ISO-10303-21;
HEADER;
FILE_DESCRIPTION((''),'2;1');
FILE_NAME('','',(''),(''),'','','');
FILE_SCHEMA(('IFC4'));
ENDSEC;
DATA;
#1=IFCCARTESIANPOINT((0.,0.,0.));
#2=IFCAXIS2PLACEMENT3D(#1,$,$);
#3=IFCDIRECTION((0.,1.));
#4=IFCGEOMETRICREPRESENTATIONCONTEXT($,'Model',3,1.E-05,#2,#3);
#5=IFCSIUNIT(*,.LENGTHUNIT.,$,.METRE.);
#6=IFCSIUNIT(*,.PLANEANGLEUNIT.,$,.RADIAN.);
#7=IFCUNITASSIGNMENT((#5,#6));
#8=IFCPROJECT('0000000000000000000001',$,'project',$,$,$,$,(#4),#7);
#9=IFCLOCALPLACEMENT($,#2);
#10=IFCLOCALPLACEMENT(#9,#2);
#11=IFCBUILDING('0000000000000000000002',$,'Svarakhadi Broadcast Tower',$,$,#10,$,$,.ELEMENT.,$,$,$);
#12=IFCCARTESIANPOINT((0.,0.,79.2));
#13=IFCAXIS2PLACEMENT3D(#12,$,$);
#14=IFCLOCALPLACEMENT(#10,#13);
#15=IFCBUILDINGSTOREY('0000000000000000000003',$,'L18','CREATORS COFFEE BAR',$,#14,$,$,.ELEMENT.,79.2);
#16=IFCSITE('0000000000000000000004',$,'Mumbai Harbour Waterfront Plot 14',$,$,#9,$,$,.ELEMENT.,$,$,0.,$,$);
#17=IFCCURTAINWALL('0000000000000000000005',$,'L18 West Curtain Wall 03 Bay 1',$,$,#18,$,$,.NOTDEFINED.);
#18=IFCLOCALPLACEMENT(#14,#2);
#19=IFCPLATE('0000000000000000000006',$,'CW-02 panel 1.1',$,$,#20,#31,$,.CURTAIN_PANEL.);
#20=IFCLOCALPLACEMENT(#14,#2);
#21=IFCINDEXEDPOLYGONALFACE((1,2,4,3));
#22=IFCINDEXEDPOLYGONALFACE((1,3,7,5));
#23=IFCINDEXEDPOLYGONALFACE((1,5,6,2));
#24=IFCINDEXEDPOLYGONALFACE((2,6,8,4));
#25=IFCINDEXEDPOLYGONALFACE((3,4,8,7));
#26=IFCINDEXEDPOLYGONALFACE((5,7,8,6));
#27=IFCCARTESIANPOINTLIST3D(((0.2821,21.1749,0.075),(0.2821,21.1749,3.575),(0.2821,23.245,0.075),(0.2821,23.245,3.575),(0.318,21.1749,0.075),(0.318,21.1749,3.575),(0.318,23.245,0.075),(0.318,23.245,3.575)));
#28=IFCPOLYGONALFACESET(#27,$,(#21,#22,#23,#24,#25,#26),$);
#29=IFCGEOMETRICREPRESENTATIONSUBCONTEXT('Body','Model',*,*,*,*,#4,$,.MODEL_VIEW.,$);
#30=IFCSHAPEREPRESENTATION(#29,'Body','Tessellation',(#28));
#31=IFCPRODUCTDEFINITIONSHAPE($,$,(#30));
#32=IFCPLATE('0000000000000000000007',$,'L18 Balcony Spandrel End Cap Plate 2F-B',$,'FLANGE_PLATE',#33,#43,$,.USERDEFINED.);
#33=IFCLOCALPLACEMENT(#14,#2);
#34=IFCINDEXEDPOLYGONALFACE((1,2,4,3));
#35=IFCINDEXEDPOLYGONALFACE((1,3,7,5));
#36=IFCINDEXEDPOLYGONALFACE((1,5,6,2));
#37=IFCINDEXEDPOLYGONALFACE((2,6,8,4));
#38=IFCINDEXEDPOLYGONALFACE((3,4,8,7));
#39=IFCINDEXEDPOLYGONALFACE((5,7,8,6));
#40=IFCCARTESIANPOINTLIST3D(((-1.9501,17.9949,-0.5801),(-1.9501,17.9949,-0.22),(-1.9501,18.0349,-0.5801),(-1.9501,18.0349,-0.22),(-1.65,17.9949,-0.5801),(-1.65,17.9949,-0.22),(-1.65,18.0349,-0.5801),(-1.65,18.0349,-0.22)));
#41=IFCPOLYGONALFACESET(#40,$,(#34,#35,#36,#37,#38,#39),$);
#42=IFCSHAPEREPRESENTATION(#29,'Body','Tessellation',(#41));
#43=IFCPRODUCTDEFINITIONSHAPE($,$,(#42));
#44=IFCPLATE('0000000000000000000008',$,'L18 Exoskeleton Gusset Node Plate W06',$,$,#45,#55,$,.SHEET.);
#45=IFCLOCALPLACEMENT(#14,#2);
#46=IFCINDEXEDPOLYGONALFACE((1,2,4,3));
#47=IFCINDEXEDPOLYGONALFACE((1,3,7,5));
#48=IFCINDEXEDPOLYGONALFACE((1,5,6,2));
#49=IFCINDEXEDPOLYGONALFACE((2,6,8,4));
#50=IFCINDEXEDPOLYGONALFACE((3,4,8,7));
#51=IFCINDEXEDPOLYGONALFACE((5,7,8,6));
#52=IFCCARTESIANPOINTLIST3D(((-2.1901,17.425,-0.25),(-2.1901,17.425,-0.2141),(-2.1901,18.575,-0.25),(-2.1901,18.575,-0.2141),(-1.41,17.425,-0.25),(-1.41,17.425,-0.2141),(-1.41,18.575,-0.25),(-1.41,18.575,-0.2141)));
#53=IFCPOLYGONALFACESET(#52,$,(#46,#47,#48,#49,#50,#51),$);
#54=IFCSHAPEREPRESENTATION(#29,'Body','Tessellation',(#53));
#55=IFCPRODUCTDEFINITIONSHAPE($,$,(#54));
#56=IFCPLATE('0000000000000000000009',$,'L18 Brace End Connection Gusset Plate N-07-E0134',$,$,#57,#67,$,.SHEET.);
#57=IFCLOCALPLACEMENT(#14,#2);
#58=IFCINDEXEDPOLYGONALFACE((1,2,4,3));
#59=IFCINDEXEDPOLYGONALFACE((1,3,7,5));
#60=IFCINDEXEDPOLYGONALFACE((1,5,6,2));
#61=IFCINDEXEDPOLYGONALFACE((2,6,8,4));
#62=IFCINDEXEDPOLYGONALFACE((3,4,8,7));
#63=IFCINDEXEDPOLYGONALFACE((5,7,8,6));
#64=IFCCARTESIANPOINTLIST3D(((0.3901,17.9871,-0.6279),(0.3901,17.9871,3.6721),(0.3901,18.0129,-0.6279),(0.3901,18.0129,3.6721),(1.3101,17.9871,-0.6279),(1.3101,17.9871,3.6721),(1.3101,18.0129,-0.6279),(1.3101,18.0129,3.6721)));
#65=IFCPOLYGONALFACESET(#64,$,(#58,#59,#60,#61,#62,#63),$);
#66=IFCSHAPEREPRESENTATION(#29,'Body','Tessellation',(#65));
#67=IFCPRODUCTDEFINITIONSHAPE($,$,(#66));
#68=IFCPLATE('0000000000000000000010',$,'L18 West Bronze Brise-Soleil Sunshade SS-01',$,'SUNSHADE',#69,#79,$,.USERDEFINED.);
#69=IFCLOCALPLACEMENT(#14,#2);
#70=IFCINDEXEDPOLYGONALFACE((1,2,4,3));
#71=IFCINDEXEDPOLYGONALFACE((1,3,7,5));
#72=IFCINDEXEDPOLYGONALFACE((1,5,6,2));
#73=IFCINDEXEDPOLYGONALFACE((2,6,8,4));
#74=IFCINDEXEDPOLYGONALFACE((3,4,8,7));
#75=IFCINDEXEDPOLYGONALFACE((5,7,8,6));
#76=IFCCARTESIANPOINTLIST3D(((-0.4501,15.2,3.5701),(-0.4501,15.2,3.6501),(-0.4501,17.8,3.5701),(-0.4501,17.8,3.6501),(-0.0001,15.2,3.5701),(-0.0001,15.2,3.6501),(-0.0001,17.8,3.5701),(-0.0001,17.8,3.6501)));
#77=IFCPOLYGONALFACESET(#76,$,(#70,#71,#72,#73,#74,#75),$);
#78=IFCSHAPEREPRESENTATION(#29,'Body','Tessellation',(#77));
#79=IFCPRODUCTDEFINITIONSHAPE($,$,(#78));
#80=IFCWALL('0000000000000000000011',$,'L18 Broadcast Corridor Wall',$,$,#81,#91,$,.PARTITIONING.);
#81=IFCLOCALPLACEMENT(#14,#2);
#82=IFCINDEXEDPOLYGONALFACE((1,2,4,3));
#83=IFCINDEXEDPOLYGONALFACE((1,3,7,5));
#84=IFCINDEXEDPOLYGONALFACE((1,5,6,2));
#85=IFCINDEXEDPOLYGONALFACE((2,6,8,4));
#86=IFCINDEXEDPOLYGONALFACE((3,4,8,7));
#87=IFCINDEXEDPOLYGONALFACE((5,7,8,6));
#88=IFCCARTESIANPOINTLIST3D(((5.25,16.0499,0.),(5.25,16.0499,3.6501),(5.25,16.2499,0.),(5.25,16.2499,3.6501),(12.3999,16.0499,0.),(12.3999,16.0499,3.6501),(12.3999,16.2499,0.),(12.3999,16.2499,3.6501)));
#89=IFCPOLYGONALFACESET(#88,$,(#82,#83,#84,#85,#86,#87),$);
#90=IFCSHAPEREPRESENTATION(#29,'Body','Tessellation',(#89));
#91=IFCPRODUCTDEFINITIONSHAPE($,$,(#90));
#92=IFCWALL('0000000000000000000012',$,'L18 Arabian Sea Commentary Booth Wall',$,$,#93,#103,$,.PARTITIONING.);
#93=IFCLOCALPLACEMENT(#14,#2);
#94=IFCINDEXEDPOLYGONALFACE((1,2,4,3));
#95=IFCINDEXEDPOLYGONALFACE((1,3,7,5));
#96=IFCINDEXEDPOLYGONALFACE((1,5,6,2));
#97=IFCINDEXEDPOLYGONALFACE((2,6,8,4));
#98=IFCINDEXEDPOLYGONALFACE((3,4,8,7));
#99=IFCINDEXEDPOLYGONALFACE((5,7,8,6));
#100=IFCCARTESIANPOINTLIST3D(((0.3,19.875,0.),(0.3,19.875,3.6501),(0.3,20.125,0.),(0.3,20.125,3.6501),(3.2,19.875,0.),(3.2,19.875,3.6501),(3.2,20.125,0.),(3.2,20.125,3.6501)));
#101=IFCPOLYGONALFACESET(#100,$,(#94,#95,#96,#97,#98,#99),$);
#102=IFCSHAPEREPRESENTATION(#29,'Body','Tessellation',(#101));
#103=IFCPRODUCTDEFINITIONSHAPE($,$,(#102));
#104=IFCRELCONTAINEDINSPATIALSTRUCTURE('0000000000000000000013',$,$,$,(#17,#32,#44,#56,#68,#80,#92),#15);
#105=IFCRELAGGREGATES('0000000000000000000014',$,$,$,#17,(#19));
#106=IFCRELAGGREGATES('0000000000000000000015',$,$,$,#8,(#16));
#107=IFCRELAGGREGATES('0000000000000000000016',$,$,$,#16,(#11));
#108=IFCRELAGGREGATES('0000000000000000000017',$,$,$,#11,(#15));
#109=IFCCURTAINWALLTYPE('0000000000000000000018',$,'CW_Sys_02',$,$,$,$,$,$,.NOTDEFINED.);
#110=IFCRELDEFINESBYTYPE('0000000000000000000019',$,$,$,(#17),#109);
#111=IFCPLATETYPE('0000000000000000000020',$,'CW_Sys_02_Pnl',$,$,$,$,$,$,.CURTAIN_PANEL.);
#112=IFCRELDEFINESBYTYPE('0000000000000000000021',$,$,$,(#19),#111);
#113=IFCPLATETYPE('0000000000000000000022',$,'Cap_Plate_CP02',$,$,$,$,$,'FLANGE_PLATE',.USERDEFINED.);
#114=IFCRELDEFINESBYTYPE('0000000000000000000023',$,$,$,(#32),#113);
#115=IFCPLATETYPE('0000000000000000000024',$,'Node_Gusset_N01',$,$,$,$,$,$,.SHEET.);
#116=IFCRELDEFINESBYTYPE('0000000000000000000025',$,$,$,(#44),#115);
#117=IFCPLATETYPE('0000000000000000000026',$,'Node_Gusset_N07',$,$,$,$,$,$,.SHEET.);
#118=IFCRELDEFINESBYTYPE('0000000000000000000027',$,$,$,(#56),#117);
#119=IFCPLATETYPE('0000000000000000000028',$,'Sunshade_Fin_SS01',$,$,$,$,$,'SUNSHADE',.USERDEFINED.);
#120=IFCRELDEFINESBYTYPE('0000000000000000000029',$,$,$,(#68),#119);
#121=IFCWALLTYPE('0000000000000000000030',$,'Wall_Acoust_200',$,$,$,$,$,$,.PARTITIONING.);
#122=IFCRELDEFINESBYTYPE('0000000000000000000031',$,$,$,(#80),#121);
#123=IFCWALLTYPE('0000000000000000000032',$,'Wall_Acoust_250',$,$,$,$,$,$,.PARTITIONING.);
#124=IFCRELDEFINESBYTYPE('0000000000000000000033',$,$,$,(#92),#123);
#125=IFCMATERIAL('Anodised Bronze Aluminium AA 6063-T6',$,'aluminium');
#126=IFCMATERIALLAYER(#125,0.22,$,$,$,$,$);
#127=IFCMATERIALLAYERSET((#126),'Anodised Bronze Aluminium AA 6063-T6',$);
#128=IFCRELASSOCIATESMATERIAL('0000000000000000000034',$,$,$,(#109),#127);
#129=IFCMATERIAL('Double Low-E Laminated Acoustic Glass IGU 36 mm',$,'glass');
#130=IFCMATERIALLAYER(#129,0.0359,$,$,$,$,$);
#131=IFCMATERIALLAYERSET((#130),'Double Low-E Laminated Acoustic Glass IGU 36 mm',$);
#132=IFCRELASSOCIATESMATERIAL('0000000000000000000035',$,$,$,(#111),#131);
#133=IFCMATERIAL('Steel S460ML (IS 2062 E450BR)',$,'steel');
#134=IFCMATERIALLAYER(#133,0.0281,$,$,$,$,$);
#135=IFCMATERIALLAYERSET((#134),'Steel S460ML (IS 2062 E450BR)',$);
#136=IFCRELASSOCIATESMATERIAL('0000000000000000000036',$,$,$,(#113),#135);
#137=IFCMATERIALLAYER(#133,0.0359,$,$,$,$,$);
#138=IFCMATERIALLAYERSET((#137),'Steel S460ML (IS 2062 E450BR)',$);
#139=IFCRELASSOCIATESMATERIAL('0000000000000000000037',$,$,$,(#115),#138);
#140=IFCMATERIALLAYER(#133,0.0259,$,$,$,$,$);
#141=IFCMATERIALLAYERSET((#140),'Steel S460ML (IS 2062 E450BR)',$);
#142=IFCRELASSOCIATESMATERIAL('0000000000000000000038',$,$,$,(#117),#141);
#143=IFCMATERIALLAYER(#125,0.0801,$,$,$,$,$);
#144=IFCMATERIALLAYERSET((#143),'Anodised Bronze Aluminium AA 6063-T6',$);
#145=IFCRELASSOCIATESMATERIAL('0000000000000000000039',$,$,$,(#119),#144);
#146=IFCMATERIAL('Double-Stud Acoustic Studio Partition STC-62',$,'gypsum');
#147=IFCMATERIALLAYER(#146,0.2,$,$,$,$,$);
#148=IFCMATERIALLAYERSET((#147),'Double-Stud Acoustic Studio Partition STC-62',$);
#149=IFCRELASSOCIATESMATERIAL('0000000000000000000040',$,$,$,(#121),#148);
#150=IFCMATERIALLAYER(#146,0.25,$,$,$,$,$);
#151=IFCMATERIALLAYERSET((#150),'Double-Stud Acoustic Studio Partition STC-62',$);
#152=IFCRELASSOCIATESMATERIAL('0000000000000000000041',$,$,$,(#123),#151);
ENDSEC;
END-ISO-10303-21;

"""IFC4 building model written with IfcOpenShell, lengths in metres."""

from ifc_helpers import new_model, si_unit, direction, frame, frame_2d, origin, origin_2d, place, context, subcontext, project, spatial, rectangle, extrude, material, layer, layer_set, type_object, element, aggregate, save


model = new_model("IFC4")

# Units and contexts
model_context = context("Model", 3, precision=1e-05, world=origin(), true_north=direction((0.0, 1.0)))
body_context = subcontext(model_context, "Body", "Model", "MODEL_VIEW")
ifc_project = project(units=[si_unit("LENGTHUNIT", "METRE"), si_unit("PLANEANGLEUNIT", "RADIAN")], contexts=[model_context])

# Site, building, storey
site_placement = place(None, origin())
site = spatial("IfcSite", under=ifc_project, at=site_placement, Name="Mumbai Harbour Waterfront Plot 14", CompositionType="ELEMENT", RefElevation=0.0)
building_placement = place(site_placement, origin())
building = spatial("IfcBuilding", under=site, at=building_placement, Name="Svarakhadi Broadcast Tower", CompositionType="ELEMENT")
storey_placement = place(building_placement, frame((0.0, 0.0, 79.2)))
storey = spatial("IfcBuildingStorey", under=building, at=storey_placement, Name="L18", Description="CREATORS COFFEE BAR", CompositionType="ELEMENT", Elevation=79.2)

# Shared definitions
ifc_material_1 = material(Name="Steel S460ML (IS 2062 E450BR)", Category="steel")

# Curtain wall
ifc_material_2 = material(Name="Anodised Bronze Aluminium AA 6063-T6", Category="aluminium")
ifc_layer_1 = layer(ifc_material_2, 0.22)
ifc_layer_set_1 = layer_set([ifc_layer_1], Name="Anodised Bronze Aluminium AA 6063-T6")
curtain_wall_type = type_object("IfcCurtainWallType", Name="CW_Sys_02", PredefinedType="NOTDEFINED", material=ifc_layer_set_1)
curtain_wall_placement = place(storey_placement, origin())
curtain_wall = element("IfcCurtainWall", 1, at=curtain_wall_placement, inside=storey, type_object=curtain_wall_type, Name="L18 West Curtain Wall 03 Bay 1", PredefinedType="NOTDEFINED")

# Plate
ifc_material_3 = material(Name="Double Low-E Laminated Acoustic Glass IGU 36 mm", Category="glass")
ifc_layer_2 = layer(ifc_material_3, 0.0359)
ifc_layer_set_2 = layer_set([ifc_layer_2], Name="Double Low-E Laminated Acoustic Glass IGU 36 mm")
plate_type_1 = type_object("IfcPlateType", Name="CW_Sys_02_Pnl", PredefinedType="CURTAIN_PANEL", material=ifc_layer_set_2)
plate_1_placement = place(storey_placement, frame((0.3, 22.21, 0.075), z_axis=(0.0, 0.0, 1.0), x_axis=(0.0, 1.0, 0.0)))
plate_1 = element("IfcPlate", 2, at=plate_1_placement, type_object=plate_type_1, Name="CW-02 panel 1.1", PredefinedType="CURTAIN_PANEL", context=body_context, shape_type="SweptSolid", body=[
    extrude(rectangle(XDim=2.0701, YDim=0.0359, at=origin_2d()), origin(), (0.0, 0.0, 1.0), 3.5),
])
aggregate(curtain_wall, [plate_1])

# Plates
ifc_layer_3 = layer(ifc_material_1, 0.0281)
ifc_layer_set_3 = layer_set([ifc_layer_3], Name="Steel S460ML (IS 2062 E450BR)")
plate_type_2 = type_object("IfcPlateType", Name="Cap_Plate_CP02", ElementType="FLANGE_PLATE", PredefinedType="USERDEFINED", material=ifc_layer_set_3)
plate_2_placement = place(storey_placement, frame((-1.8, 18.0149, -0.5801), z_axis=(0.0, 0.0, 1.0), x_axis=(1.0, 0.0, 0.0)))
element("IfcPlate", 3, at=plate_2_placement, inside=storey, type_object=plate_type_2, Name="L18 Balcony Spandrel End Cap Plate 2F-B", ObjectType="FLANGE_PLATE", PredefinedType="USERDEFINED", context=body_context, shape_type="SweptSolid", body=[
    extrude(rectangle(XDim=0.3, YDim=0.04, at=origin_2d()), origin(), (0.0, 0.0, 1.0), 0.3601),
])
ifc_layer_4 = layer(ifc_material_1, 0.0359)
ifc_layer_set_4 = layer_set([ifc_layer_4], Name="Steel S460ML (IS 2062 E450BR)")
plate_type_3 = type_object("IfcPlateType", Name="Node_Gusset_N01", PredefinedType="SHEET", material=ifc_layer_set_4)
plate_3_placement = place(storey_placement, frame((-1.8, 18.0, -0.25), z_axis=(0.0, 0.0, 1.0), x_axis=(0.0, 1.0, 0.0)))
element("IfcPlate", 4, at=plate_3_placement, inside=storey, type_object=plate_type_3, Name="L18 Exoskeleton Gusset Node Plate W06", PredefinedType="SHEET", context=body_context, shape_type="SweptSolid", body=[
    extrude(rectangle(XDim=1.1499, YDim=0.78, at=origin_2d()), origin(), (0.0, 0.0, 1.0), 0.0359),
])
ifc_layer_5 = layer(ifc_material_1, 0.0259)
ifc_layer_set_5 = layer_set([ifc_layer_5], Name="Steel S460ML (IS 2062 E450BR)")
plate_type_4 = type_object("IfcPlateType", Name="Node_Gusset_N07", PredefinedType="SHEET", material=ifc_layer_set_5)
plate_4_placement = place(storey_placement, frame((0.8501, 18.0, -0.6279), z_axis=(0.0, 0.0, 1.0), x_axis=(1.0, 0.0, 0.0)))
element("IfcPlate", 5, at=plate_4_placement, inside=storey, type_object=plate_type_4, Name="L18 Brace End Connection Gusset Plate N-07-E0134", PredefinedType="SHEET", context=body_context, shape_type="SweptSolid", body=[
    extrude(rectangle(XDim=0.9199, YDim=0.0259, at=origin_2d()), origin(), (0.0, 0.0, 1.0), 4.3),
])
ifc_layer_6 = layer(ifc_material_2, 0.0801)
ifc_layer_set_6 = layer_set([ifc_layer_6], Name="Anodised Bronze Aluminium AA 6063-T6")
plate_type_5 = type_object("IfcPlateType", Name="Sunshade_Fin_SS01", ElementType="SUNSHADE", PredefinedType="USERDEFINED", material=ifc_layer_set_6)
plate_5_placement = place(storey_placement, frame((-0.2251, 16.5, 3.5701), z_axis=(0.0, 0.0, 1.0), x_axis=(0.0, 1.0, 0.0)))
element("IfcPlate", 6, at=plate_5_placement, inside=storey, type_object=plate_type_5, Name="L18 West Bronze Brise-Soleil Sunshade SS-01", ObjectType="SUNSHADE", PredefinedType="USERDEFINED", context=body_context, shape_type="SweptSolid", body=[
    extrude(rectangle(XDim=2.6001, YDim=0.45, at=origin_2d()), origin(), (0.0, 0.0, 1.0), 0.0801),
])

# Walls
ifc_material_4 = material(Name="Double-Stud Acoustic Studio Partition STC-62", Category="gypsum")
ifc_layer_7 = layer(ifc_material_4, 0.2)
ifc_layer_set_7 = layer_set([ifc_layer_7], Name="Double-Stud Acoustic Studio Partition STC-62")
wall_type_1 = type_object("IfcWallType", Name="Wall_Acoust_200", PredefinedType="PARTITIONING", material=ifc_layer_set_7)
wall_1_placement = place(storey_placement, frame((5.25, 16.1499, 0.0), z_axis=(0.0, 0.0, 1.0), x_axis=(1.0, 0.0, 0.0)))
element("IfcWall", 7, at=wall_1_placement, inside=storey, type_object=wall_type_1, Name="L18 Broadcast Corridor Wall", PredefinedType="PARTITIONING", context=body_context, shape_type="SweptSolid", body=[
    extrude(rectangle(XDim=7.1499, YDim=0.2, at=frame_2d((3.575, 0.0))), origin(), (0.0, 0.0, 1.0), 3.6501),
])
ifc_layer_8 = layer(ifc_material_4, 0.25)
ifc_layer_set_8 = layer_set([ifc_layer_8], Name="Double-Stud Acoustic Studio Partition STC-62")
wall_type_2 = type_object("IfcWallType", Name="Wall_Acoust_250", PredefinedType="PARTITIONING", material=ifc_layer_set_8)
wall_2_placement = place(storey_placement, frame((0.3, 20.0, 0.0), z_axis=(0.0, 0.0, 1.0), x_axis=(1.0, 0.0, 0.0)))
element("IfcWall", 8, at=wall_2_placement, inside=storey, type_object=wall_type_2, Name="L18 Arabian Sea Commentary Booth Wall", PredefinedType="PARTITIONING", context=body_context, shape_type="SweptSolid", body=[
    extrude(rectangle(XDim=2.8999, YDim=0.25, at=frame_2d((1.45, 0.0))), origin(), (0.0, 0.0, 1.0), 3.6501),
])

save(model, "model.ifc")
